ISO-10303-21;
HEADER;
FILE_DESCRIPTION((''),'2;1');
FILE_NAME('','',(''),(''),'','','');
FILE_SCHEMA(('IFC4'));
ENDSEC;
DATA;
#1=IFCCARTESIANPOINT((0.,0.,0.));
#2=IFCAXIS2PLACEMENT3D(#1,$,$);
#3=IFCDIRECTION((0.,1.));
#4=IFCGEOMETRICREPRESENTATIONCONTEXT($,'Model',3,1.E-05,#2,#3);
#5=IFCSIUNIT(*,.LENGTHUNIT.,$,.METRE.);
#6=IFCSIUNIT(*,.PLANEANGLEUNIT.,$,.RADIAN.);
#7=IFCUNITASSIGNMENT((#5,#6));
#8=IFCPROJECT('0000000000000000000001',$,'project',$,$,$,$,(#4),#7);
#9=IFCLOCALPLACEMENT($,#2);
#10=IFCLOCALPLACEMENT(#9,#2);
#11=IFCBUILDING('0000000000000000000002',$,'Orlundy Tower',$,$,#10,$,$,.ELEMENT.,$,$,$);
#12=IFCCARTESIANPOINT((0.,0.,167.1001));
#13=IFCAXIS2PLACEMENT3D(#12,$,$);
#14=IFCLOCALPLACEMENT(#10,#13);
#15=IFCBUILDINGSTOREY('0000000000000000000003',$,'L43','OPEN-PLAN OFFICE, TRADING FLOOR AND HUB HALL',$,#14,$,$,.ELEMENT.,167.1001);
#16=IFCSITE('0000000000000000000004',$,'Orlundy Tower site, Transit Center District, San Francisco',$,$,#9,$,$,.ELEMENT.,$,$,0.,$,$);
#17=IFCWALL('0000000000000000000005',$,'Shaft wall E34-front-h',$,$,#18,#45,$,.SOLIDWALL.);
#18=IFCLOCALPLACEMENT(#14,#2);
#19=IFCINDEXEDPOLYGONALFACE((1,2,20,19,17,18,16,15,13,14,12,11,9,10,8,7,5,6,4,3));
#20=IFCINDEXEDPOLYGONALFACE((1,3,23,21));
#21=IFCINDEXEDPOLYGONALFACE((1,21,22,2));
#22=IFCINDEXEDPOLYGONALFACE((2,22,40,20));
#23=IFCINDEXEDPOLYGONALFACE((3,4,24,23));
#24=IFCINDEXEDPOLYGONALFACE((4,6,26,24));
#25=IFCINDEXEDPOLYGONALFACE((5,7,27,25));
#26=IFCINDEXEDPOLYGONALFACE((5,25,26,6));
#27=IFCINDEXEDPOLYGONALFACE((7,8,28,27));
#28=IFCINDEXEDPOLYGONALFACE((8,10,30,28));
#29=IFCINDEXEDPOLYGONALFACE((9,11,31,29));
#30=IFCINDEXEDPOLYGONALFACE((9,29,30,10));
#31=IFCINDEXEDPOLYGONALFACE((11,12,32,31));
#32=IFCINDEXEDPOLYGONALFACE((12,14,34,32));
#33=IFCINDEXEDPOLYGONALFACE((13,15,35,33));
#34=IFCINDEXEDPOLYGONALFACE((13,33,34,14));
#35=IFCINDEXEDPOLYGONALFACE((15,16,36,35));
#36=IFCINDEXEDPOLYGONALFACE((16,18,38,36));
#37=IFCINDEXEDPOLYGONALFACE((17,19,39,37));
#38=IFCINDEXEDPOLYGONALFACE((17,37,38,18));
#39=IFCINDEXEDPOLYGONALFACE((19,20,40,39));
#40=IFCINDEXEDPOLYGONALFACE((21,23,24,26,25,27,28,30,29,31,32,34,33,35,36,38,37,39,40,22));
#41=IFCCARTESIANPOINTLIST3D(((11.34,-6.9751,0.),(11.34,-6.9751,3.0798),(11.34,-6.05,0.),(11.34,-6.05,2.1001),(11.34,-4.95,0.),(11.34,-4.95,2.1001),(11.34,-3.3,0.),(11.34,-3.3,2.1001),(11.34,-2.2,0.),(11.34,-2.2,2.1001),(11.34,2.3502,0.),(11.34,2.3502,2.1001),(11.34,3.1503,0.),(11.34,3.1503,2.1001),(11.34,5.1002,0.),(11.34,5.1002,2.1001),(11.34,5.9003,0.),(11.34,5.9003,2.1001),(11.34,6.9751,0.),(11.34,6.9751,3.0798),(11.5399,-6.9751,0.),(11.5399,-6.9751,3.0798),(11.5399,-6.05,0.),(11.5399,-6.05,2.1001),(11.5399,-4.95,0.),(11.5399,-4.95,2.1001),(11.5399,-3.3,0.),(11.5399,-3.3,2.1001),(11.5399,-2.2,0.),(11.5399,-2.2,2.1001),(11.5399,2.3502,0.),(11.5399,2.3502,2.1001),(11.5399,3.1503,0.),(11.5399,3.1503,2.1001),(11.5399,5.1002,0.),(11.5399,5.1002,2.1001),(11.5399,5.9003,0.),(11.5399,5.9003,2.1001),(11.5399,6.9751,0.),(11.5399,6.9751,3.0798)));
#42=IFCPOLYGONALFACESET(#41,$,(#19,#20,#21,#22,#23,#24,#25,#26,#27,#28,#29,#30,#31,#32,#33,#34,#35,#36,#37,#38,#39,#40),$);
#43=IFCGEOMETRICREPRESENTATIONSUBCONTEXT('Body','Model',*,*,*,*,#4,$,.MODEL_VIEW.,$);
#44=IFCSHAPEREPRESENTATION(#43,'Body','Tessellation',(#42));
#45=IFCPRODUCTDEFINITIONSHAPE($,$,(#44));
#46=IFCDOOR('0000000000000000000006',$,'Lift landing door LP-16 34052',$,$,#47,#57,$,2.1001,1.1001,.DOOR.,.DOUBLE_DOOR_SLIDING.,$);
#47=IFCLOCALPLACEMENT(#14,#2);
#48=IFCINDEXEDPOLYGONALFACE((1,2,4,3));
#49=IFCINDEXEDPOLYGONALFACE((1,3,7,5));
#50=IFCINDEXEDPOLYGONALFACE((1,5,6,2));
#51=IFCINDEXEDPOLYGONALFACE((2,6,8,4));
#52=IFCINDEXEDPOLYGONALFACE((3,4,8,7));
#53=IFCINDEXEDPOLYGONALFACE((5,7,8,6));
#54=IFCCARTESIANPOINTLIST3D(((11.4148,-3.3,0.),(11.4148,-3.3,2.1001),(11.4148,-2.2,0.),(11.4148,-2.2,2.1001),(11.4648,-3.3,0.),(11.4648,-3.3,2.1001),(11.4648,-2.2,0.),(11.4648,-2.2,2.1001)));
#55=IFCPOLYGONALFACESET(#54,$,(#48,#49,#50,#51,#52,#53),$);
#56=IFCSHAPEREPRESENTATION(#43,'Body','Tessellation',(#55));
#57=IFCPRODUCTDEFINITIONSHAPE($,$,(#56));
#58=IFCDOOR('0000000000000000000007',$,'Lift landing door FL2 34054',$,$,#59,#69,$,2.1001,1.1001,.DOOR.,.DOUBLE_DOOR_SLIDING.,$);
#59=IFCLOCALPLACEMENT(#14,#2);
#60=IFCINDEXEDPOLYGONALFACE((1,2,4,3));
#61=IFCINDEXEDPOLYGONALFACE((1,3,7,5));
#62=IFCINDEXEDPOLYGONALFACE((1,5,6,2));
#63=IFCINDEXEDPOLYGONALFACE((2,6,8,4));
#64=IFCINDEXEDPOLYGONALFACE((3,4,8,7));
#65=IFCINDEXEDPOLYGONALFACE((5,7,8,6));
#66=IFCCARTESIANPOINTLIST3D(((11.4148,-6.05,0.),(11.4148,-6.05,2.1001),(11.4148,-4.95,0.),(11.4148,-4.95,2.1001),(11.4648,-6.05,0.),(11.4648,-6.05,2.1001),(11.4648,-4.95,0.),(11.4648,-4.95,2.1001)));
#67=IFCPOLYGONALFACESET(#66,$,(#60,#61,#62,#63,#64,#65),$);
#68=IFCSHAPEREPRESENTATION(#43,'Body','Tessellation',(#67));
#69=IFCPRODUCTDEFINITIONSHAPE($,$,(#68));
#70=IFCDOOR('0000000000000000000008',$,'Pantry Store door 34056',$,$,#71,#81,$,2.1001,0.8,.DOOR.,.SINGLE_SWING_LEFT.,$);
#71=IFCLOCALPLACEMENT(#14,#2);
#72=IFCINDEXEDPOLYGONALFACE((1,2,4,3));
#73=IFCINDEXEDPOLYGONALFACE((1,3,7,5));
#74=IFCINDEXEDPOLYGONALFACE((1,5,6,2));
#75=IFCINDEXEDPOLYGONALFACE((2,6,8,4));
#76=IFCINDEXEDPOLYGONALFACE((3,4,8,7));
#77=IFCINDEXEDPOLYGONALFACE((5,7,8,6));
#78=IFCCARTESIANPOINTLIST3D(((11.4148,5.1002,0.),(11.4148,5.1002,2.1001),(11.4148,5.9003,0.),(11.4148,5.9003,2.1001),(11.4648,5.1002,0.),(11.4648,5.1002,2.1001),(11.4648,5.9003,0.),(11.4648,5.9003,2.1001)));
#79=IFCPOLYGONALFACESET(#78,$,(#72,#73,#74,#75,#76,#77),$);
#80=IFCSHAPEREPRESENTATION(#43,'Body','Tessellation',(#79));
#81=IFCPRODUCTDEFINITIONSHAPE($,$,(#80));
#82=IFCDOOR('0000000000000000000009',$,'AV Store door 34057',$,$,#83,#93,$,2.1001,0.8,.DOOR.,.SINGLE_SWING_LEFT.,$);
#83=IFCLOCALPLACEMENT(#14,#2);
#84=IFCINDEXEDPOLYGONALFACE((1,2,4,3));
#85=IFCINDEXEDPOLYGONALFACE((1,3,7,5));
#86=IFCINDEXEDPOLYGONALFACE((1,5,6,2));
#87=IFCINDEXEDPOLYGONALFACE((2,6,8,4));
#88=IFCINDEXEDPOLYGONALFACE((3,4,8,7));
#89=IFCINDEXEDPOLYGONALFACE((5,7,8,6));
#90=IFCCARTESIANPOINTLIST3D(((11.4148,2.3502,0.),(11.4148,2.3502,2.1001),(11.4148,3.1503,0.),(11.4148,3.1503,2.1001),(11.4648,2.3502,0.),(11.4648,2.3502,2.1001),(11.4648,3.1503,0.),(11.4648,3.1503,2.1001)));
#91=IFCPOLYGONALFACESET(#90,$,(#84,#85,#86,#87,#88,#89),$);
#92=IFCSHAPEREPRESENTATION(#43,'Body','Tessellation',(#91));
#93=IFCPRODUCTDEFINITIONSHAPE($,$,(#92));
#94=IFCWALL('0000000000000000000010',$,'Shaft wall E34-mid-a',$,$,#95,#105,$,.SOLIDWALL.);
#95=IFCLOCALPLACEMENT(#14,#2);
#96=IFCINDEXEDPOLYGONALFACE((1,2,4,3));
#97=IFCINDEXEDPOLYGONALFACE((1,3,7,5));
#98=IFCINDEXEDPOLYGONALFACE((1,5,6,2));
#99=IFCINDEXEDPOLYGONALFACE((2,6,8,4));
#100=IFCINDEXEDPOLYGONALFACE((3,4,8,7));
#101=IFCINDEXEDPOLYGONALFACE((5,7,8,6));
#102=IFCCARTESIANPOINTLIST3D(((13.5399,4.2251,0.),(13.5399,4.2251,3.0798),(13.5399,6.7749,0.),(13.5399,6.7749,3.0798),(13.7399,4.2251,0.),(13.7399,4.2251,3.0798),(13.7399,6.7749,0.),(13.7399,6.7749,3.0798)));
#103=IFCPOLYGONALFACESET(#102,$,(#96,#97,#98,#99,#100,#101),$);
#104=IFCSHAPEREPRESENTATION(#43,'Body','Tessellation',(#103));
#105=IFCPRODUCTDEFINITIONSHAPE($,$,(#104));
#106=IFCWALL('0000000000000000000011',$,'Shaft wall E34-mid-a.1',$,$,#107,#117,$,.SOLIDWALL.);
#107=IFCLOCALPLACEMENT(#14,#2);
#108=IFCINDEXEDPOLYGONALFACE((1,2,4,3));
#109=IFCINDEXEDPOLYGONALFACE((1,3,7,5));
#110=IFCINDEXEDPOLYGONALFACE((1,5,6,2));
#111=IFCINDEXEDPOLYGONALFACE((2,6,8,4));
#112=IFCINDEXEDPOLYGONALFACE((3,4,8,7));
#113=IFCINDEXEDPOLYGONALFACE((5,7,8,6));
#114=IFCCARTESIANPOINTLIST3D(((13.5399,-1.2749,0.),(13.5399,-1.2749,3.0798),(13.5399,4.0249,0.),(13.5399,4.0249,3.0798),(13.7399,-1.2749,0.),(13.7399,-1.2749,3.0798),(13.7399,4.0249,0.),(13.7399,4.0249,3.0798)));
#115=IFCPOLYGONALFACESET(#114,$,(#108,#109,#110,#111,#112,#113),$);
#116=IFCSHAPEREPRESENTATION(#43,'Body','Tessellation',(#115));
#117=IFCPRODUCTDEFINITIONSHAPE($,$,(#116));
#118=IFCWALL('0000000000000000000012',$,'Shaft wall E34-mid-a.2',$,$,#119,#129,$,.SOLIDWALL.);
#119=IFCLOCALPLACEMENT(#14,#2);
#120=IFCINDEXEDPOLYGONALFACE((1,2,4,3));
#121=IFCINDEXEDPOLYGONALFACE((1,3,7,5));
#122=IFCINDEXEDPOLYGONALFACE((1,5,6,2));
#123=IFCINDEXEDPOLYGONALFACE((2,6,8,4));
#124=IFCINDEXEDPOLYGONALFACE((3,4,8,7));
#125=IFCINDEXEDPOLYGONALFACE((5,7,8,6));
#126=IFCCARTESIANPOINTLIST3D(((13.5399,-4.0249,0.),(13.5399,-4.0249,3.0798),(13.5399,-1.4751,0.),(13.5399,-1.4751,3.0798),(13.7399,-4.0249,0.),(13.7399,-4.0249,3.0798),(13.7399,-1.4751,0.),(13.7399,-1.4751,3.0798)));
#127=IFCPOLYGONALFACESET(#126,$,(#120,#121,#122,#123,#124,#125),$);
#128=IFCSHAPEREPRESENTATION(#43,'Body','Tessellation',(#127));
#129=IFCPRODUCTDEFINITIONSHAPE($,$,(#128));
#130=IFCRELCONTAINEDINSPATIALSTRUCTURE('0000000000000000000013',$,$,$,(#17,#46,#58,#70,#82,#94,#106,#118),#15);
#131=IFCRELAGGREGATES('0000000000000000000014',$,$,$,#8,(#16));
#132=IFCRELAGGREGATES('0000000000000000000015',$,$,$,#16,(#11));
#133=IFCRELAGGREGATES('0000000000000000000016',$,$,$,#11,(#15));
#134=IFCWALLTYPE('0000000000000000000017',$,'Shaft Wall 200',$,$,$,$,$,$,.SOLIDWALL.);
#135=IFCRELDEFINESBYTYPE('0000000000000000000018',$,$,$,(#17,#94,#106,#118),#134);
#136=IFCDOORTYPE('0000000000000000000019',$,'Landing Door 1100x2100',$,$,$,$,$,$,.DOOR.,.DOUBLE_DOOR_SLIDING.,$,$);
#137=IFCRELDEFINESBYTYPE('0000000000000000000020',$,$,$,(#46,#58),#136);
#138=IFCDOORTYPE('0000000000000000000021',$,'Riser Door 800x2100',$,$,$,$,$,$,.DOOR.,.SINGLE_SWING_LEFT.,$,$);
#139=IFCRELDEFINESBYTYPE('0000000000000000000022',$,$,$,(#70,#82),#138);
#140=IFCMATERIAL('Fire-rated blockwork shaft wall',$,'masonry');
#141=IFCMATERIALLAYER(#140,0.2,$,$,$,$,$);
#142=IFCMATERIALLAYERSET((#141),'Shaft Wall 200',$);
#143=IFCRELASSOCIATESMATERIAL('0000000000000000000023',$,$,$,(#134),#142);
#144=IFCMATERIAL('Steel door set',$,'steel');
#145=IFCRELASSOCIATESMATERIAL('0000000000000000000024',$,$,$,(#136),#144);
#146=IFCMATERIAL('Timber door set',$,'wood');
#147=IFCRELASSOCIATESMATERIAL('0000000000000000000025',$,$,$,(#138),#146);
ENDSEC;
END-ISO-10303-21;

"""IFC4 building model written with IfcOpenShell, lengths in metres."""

from ifc_helpers import new_model, si_unit, direction, frame, frame_2d, origin, place, context, subcontext, project, spatial, rectangle, extrude, material, layer, layer_set, type_object, element, fill, save


model = new_model("IFC4")

# Units and contexts
model_context = context("Model", 3, precision=1e-05, world=origin(), true_north=direction((0.0, 1.0)))
body_context = subcontext(model_context, "Body", "Model", "MODEL_VIEW")
ifc_project = project(units=[si_unit("LENGTHUNIT", "METRE"), si_unit("PLANEANGLEUNIT", "RADIAN")], contexts=[model_context])

# Site, building, storey
site_placement = place(None, origin())
site = spatial("IfcSite", under=ifc_project, at=site_placement, Name="Orlundy Tower site, Transit Center District, San Francisco", CompositionType="ELEMENT", RefElevation=0.0)
building_placement = place(site_placement, origin())
building = spatial("IfcBuilding", under=site, at=building_placement, Name="Orlundy Tower", CompositionType="ELEMENT")
storey_placement = place(building_placement, frame((0.0, 0.0, 167.1001)))
storey = spatial("IfcBuildingStorey", under=building, at=storey_placement, Name="L43", Description="OPEN-PLAN OFFICE, TRADING FLOOR AND HUB HALL", CompositionType="ELEMENT", Elevation=167.1001)

# Shared definitions
ifc_material_1 = material(Name="Fire-rated blockwork shaft wall", Category="masonry")
ifc_layer_1 = layer(ifc_material_1, 0.2)
ifc_layer_set_1 = layer_set([ifc_layer_1], Name="Shaft Wall 200")
wall_type_1 = type_object("IfcWallType", Name="Shaft Wall 200", PredefinedType="SOLIDWALL", material=ifc_layer_set_1)

# Wall, openings, doors
wall_1_placement = place(storey_placement, frame((11.4399, 6.9751, 0.0), z_axis=(0.0, 0.0, 1.0), x_axis=(0.0, -1.0, 0.0)))
wall_1 = element("IfcWall", 1, at=wall_1_placement, inside=storey, type_object=wall_type_1, Name="Shaft wall E34-front-h", PredefinedType="SOLIDWALL", context=body_context, shape_type="SweptSolid", body=[
    extrude(rectangle(XDim=13.9502, YDim=0.2, at=frame_2d((6.9751, 0.0))), origin(), (0.0, 0.0, 1.0), 3.0798),
])
opening_1_placement = place(wall_1_placement, frame((9.175, 0.0, 0.0)))
opening_1 = element("IfcOpeningElement", 2, at=opening_1_placement, cuts=wall_1, PredefinedType="OPENING", context=body_context, shape_type="SweptSolid", body=[
    extrude(rectangle(XDim=1.1001, YDim=2.1001, at=frame_2d((0.55, 1.05))), frame((0.0, 0.1101, 0.0), z_axis=(0.0, -1.0, 0.0), x_axis=(1.0, 0.0, 0.0)), (0.0, 0.0, 1.0), 0.2202),
])
opening_2_placement = place(wall_1_placement, frame((11.925, 0.0, 0.0)))
opening_2 = element("IfcOpeningElement", 3, at=opening_2_placement, cuts=wall_1, PredefinedType="OPENING", context=body_context, shape_type="SweptSolid", body=[
    extrude(rectangle(XDim=1.1001, YDim=2.1001, at=frame_2d((0.55, 1.05))), frame((0.0, 0.1101, 0.0), z_axis=(0.0, -1.0, 0.0), x_axis=(1.0, 0.0, 0.0)), (0.0, 0.0, 1.0), 0.2202),
])
opening_3_placement = place(wall_1_placement, frame((1.075, 0.0, 0.0)))
opening_3 = element("IfcOpeningElement", 4, at=opening_3_placement, cuts=wall_1, PredefinedType="OPENING", context=body_context, shape_type="SweptSolid", body=[
    extrude(rectangle(XDim=0.8, YDim=2.1001, at=frame_2d((0.3999, 1.05))), frame((0.0, 0.1101, 0.0), z_axis=(0.0, -1.0, 0.0), x_axis=(1.0, 0.0, 0.0)), (0.0, 0.0, 1.0), 0.2202),
])
opening_4_placement = place(wall_1_placement, frame((3.825, 0.0, 0.0)))
opening_4 = element("IfcOpeningElement", 5, at=opening_4_placement, cuts=wall_1, PredefinedType="OPENING", context=body_context, shape_type="SweptSolid", body=[
    extrude(rectangle(XDim=0.8, YDim=2.1001, at=frame_2d((0.3999, 1.05))), frame((0.0, 0.1101, 0.0), z_axis=(0.0, -1.0, 0.0), x_axis=(1.0, 0.0, 0.0)), (0.0, 0.0, 1.0), 0.2202),
])
ifc_material_2 = material(Name="Steel door set", Category="steel")
door_type_1 = type_object("IfcDoorType", Name="Landing Door 1100x2100", OperationType="DOUBLE_DOOR_SLIDING", PredefinedType="DOOR", material=ifc_material_2)
door_1_placement = place(opening_1_placement, origin())
door_1 = element("IfcDoor", 6, at=door_1_placement, inside=storey, type_object=door_type_1, Name="Lift landing door LP-16 34052", OperationType="DOUBLE_DOOR_SLIDING", OverallHeight=2.1001, OverallWidth=1.1001, PredefinedType="DOOR", context=body_context, shape_type="SweptSolid", body=[
    extrude(rectangle(XDim=1.1001, YDim=2.1001, at=frame_2d((0.55, 1.05))), frame((0.0, 0.0249, 0.0), z_axis=(0.0, -1.0, 0.0), x_axis=(1.0, 0.0, 0.0)), (0.0, 0.0, 1.0), 0.05),
])
fill(opening_1, door_1)
door_2_placement = place(opening_2_placement, origin())
door_2 = element("IfcDoor", 7, at=door_2_placement, inside=storey, type_object=door_type_1, Name="Lift landing door FL2 34054", OperationType="DOUBLE_DOOR_SLIDING", OverallHeight=2.1001, OverallWidth=1.1001, PredefinedType="DOOR", context=body_context, shape_type="SweptSolid", body=[
    extrude(rectangle(XDim=1.1001, YDim=2.1001, at=frame_2d((0.55, 1.05))), frame((0.0, 0.0249, 0.0), z_axis=(0.0, -1.0, 0.0), x_axis=(1.0, 0.0, 0.0)), (0.0, 0.0, 1.0), 0.05),
])
fill(opening_2, door_2)
ifc_material_3 = material(Name="Timber door set", Category="wood")
door_type_2 = type_object("IfcDoorType", Name="Riser Door 800x2100", OperationType="SINGLE_SWING_LEFT", PredefinedType="DOOR", material=ifc_material_3)
door_3_placement = place(opening_3_placement, origin())
door_3 = element("IfcDoor", 8, at=door_3_placement, inside=storey, type_object=door_type_2, Name="Pantry Store door 34056", OperationType="SINGLE_SWING_LEFT", OverallHeight=2.1001, OverallWidth=0.8, PredefinedType="DOOR", context=body_context, shape_type="SweptSolid", body=[
    extrude(rectangle(XDim=0.8, YDim=2.1001, at=frame_2d((0.3999, 1.05))), frame((0.0, 0.0249, 0.0), z_axis=(0.0, -1.0, 0.0), x_axis=(1.0, 0.0, 0.0)), (0.0, 0.0, 1.0), 0.05),
])
fill(opening_3, door_3)
door_4_placement = place(opening_4_placement, origin())
door_4 = element("IfcDoor", 9, at=door_4_placement, inside=storey, type_object=door_type_2, Name="AV Store door 34057", OperationType="SINGLE_SWING_LEFT", OverallHeight=2.1001, OverallWidth=0.8, PredefinedType="DOOR", context=body_context, shape_type="SweptSolid", body=[
    extrude(rectangle(XDim=0.8, YDim=2.1001, at=frame_2d((0.3999, 1.05))), frame((0.0, 0.0249, 0.0), z_axis=(0.0, -1.0, 0.0), x_axis=(1.0, 0.0, 0.0)), (0.0, 0.0, 1.0), 0.05),
])
fill(opening_4, door_4)

# Walls
wall_2_placement = place(storey_placement, frame((13.6399, 6.7749, 0.0), z_axis=(0.0, 0.0, 1.0), x_axis=(0.0, -1.0, 0.0)))
element("IfcWall", 10, at=wall_2_placement, inside=storey, type_object=wall_type_1, Name="Shaft wall E34-mid-a", PredefinedType="SOLIDWALL", context=body_context, shape_type="SweptSolid", body=[
    extrude(rectangle(XDim=2.5498, YDim=0.2, at=frame_2d((1.2749, 0.0))), origin(), (0.0, 0.0, 1.0), 3.0798),
])
wall_3_placement = place(storey_placement, frame((13.6399, 4.0249, 0.0), z_axis=(0.0, 0.0, 1.0), x_axis=(0.0, -1.0, 0.0)))
element("IfcWall", 11, at=wall_3_placement, inside=storey, type_object=wall_type_1, Name="Shaft wall E34-mid-a.1", PredefinedType="SOLIDWALL", context=body_context, shape_type="SweptSolid", body=[
    extrude(rectangle(XDim=5.2998, YDim=0.2, at=frame_2d((2.6499, 0.0))), origin(), (0.0, 0.0, 1.0), 3.0798),
])
wall_4_placement = place(storey_placement, frame((13.6399, -1.4751, 0.0), z_axis=(0.0, 0.0, 1.0), x_axis=(0.0, -1.0, 0.0)))
element("IfcWall", 12, at=wall_4_placement, inside=storey, type_object=wall_type_1, Name="Shaft wall E34-mid-a.2", PredefinedType="SOLIDWALL", context=body_context, shape_type="SweptSolid", body=[
    extrude(rectangle(XDim=2.5498, YDim=0.2, at=frame_2d((1.2749, 0.0))), origin(), (0.0, 0.0, 1.0), 3.0798),
])

save(model, "model.ifc")
